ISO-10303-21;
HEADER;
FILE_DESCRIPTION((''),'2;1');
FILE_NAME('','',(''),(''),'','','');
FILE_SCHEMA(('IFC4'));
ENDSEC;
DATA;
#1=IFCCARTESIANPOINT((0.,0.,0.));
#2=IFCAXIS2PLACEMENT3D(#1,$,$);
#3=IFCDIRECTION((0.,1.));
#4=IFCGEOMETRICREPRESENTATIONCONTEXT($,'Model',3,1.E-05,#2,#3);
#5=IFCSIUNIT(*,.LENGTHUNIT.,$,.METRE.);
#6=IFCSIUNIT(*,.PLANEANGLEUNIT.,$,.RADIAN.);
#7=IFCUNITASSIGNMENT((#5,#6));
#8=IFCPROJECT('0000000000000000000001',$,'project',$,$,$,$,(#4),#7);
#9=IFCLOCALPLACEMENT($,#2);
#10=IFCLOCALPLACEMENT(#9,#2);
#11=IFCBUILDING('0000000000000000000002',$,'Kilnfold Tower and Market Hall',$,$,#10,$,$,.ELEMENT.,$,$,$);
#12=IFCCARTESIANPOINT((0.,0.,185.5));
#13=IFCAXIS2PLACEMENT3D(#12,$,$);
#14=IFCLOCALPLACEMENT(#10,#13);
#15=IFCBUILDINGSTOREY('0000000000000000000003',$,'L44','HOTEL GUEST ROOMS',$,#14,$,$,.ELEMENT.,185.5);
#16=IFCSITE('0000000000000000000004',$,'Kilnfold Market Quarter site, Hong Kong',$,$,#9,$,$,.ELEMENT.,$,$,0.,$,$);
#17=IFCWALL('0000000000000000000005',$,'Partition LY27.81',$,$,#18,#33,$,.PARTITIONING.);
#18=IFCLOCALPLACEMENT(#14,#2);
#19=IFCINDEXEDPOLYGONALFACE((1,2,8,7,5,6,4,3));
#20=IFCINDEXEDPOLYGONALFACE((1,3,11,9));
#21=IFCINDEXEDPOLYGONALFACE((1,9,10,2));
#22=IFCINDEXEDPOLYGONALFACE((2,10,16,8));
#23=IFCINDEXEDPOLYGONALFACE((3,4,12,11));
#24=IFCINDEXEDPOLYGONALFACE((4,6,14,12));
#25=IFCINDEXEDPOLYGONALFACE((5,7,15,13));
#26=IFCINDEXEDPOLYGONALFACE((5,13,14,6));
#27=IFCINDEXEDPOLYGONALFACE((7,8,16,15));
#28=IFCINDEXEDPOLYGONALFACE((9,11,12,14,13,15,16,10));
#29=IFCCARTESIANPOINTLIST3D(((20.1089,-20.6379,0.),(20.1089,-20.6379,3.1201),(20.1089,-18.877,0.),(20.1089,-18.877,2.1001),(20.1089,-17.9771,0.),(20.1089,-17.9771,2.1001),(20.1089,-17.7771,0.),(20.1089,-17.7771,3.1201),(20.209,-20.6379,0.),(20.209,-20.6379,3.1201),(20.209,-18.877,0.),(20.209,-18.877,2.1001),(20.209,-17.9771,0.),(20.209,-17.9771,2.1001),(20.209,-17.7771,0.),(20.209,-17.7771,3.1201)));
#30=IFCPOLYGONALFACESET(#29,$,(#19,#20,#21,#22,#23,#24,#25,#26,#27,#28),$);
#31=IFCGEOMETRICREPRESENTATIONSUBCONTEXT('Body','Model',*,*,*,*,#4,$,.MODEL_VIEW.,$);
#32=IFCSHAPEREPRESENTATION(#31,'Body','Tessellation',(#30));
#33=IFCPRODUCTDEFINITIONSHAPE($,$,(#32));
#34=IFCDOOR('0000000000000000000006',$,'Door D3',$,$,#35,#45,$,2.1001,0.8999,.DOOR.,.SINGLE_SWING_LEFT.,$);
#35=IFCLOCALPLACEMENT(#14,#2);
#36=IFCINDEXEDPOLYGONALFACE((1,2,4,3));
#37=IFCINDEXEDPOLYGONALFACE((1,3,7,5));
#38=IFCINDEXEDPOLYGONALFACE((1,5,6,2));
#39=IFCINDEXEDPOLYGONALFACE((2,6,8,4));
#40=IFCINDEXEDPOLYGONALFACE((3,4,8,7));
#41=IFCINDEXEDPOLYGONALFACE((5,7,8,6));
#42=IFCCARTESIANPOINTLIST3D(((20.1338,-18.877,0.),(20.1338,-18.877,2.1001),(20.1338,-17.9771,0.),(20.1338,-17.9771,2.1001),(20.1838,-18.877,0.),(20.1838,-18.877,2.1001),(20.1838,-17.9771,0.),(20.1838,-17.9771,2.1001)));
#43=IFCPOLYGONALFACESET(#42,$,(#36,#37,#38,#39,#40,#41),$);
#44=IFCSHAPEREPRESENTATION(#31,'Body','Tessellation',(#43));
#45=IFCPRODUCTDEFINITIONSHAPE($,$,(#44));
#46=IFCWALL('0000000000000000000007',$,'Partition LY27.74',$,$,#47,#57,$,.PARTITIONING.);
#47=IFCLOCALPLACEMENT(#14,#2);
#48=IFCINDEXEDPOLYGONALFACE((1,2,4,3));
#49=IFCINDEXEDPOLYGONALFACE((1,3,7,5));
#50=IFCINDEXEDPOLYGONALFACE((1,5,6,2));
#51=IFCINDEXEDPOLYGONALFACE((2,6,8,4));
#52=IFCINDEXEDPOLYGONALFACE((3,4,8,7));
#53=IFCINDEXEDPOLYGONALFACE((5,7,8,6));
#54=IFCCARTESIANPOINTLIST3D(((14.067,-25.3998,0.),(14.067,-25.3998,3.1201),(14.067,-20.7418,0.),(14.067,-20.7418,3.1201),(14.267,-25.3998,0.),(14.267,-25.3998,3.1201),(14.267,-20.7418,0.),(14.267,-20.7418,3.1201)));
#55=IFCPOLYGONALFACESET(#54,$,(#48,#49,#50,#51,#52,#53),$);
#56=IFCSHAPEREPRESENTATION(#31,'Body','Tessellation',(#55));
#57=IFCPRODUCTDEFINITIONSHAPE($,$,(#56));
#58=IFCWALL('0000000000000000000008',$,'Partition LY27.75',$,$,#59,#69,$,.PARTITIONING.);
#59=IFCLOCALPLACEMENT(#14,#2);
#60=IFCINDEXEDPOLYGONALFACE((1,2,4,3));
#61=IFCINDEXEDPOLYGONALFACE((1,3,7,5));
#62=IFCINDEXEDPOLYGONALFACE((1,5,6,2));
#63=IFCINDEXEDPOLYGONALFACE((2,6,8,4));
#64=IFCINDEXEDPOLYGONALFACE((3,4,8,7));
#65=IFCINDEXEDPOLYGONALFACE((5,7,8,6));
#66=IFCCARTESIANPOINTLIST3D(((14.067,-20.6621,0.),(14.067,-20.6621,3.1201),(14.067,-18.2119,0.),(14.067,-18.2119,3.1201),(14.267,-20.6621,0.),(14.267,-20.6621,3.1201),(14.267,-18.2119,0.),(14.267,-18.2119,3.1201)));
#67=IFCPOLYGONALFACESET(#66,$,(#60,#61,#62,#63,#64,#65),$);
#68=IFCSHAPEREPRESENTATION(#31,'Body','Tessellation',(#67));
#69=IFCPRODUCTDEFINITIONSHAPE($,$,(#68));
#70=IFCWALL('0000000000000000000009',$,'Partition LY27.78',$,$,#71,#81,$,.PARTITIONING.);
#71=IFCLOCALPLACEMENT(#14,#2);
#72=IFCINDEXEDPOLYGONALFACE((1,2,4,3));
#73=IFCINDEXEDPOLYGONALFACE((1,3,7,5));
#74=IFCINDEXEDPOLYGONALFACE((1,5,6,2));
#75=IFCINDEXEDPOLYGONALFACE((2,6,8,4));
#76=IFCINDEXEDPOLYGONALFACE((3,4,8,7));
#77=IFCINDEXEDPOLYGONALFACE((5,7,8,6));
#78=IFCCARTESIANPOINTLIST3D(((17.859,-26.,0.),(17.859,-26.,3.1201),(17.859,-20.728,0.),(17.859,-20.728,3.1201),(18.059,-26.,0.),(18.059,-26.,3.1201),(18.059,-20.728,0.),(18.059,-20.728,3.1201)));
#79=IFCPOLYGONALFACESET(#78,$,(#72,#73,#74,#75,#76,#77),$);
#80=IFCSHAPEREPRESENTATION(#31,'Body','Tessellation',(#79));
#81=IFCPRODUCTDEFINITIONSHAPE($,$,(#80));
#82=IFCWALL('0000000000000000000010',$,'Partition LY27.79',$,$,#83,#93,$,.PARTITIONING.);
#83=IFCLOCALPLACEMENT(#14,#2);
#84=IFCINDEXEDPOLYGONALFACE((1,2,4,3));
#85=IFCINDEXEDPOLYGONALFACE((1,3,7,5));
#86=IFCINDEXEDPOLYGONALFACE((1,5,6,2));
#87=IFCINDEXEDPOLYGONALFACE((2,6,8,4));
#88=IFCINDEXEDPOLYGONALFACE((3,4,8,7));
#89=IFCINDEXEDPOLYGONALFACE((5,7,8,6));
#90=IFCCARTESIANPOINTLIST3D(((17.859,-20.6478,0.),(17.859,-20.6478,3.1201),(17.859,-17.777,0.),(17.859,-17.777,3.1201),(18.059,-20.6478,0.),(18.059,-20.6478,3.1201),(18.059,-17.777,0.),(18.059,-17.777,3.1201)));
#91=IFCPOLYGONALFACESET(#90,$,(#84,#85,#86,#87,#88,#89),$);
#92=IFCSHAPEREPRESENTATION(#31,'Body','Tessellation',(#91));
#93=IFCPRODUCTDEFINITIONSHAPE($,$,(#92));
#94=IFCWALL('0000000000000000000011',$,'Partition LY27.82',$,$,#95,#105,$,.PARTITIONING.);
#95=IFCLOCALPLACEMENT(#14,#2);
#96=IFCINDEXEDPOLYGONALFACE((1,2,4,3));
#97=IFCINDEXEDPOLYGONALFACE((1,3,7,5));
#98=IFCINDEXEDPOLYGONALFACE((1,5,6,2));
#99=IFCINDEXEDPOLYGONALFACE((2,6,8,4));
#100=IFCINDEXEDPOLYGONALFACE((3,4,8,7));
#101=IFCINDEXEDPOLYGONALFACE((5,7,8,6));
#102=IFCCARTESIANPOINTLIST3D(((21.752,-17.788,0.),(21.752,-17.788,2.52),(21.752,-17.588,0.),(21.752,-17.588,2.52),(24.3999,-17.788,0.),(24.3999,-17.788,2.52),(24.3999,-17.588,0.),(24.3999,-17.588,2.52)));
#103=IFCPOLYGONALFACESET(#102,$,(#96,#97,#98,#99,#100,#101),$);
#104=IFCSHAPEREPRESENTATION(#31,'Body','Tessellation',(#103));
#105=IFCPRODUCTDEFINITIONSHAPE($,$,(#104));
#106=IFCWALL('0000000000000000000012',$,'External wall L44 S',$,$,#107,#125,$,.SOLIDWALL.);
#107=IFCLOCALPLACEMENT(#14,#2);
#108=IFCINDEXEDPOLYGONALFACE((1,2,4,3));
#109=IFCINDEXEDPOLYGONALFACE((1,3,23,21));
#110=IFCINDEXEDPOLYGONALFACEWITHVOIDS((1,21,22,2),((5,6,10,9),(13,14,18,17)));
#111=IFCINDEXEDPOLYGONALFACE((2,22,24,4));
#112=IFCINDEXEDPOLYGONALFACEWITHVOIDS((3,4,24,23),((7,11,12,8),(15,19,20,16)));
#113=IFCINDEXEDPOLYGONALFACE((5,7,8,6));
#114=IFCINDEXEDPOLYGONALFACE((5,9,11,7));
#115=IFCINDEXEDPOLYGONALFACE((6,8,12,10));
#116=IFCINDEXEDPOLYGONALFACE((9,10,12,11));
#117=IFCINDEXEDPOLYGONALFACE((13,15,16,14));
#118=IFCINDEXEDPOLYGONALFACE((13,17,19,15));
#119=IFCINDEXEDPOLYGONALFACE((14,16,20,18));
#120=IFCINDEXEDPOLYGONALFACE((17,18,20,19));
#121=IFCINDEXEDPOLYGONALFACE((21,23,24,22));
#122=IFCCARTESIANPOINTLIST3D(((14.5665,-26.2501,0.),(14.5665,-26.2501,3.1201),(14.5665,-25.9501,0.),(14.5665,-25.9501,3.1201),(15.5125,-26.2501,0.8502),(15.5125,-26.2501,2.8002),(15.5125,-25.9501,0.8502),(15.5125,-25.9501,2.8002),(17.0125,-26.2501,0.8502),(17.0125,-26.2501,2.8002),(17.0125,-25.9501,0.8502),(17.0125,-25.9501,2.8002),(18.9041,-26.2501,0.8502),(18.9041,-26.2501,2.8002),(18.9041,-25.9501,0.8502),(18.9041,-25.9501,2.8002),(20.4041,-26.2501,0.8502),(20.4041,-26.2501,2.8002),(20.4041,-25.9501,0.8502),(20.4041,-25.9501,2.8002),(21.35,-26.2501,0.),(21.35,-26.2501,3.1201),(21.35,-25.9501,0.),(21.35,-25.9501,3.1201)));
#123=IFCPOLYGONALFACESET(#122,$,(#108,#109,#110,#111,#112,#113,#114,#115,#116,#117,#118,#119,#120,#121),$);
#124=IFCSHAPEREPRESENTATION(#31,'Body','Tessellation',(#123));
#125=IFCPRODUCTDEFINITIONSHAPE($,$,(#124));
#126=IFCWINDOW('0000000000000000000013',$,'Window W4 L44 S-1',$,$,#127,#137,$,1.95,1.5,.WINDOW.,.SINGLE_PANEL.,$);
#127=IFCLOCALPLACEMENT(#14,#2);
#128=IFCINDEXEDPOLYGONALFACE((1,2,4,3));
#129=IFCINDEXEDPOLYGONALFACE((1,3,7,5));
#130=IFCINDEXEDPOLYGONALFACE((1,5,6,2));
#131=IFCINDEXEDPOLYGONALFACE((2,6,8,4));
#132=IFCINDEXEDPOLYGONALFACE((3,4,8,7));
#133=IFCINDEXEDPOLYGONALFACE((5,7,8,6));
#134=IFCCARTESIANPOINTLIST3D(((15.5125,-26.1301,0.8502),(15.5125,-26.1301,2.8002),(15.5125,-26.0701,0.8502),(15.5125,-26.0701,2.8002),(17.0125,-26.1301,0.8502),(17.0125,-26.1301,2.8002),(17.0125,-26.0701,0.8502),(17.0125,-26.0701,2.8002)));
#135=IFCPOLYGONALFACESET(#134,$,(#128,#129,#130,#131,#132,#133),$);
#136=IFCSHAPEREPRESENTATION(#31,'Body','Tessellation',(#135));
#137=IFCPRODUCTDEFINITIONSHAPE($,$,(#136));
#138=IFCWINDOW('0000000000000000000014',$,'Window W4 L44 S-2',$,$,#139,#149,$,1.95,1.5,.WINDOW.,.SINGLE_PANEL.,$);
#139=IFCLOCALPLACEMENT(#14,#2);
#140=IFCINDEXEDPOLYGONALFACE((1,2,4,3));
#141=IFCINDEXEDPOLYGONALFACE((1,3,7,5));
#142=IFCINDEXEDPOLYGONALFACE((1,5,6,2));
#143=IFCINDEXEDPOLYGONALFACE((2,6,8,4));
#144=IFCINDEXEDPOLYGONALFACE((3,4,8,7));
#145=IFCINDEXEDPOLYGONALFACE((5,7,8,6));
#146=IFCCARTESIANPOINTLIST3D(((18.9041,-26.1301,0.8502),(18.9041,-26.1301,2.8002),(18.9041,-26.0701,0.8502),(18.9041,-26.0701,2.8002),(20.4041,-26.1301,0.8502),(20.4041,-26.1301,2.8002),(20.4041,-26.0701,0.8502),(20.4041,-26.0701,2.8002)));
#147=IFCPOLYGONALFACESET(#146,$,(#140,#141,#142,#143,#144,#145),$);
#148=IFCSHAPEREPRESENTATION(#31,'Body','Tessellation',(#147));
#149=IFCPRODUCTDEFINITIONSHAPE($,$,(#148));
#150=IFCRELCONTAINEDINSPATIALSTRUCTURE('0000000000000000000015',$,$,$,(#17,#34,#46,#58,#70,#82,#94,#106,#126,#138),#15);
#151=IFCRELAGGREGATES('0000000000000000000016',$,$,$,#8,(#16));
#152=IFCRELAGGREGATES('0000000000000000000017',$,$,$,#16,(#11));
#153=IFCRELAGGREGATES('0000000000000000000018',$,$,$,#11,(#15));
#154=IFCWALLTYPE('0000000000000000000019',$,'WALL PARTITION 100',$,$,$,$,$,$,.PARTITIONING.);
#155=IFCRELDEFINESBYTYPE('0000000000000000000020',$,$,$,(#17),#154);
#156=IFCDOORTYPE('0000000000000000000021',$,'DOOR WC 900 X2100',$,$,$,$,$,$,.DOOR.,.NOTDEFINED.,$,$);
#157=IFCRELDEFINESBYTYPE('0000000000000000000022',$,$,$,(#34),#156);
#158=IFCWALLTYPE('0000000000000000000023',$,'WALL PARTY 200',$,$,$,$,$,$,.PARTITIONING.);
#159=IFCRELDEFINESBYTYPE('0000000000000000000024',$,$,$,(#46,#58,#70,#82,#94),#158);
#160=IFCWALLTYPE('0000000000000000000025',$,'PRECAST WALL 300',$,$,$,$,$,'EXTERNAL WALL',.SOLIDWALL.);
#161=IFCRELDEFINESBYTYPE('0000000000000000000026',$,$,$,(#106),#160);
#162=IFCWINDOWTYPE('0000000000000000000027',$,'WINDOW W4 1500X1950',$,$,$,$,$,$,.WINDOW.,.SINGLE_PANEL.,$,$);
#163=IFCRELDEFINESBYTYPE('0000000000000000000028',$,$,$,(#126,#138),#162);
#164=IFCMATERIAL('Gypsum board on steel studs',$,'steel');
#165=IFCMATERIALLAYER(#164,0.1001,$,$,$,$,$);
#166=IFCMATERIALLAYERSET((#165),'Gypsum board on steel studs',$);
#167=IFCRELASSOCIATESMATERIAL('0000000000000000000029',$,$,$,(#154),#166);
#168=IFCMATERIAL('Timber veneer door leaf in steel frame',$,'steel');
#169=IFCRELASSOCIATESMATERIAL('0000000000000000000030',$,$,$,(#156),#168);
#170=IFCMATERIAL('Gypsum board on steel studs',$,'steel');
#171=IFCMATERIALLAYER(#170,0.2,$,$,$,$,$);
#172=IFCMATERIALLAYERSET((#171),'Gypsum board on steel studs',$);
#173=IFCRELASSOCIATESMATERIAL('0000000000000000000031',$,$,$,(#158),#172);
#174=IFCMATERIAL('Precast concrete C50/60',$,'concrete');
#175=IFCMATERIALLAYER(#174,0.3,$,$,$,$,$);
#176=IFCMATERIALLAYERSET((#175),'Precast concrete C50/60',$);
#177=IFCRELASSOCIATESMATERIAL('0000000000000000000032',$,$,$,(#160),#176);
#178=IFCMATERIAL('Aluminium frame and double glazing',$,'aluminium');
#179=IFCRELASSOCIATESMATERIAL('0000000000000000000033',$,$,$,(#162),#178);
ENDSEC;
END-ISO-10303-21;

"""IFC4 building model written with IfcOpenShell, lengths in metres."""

from ifc_helpers import new_model, si_unit, direction, frame, frame_2d, origin, place, context, subcontext, project, spatial, rectangle, extrude, source, transform, mapped, material, layer, layer_set, type_object, element, fill, save


model = new_model("IFC4")

# Units and contexts
model_context = context("Model", 3, precision=1e-05, world=origin(), true_north=direction((0.0, 1.0)))
body_context = subcontext(model_context, "Body", "Model", "MODEL_VIEW")
ifc_project = project(units=[si_unit("LENGTHUNIT", "METRE"), si_unit("PLANEANGLEUNIT", "RADIAN")], contexts=[model_context])

# Site, building, storey
site_placement = place(None, origin())
site = spatial("IfcSite", under=ifc_project, at=site_placement, Name="Kilnfold Market Quarter site, Hong Kong", CompositionType="ELEMENT", RefElevation=0.0)
building_placement = place(site_placement, origin())
building = spatial("IfcBuilding", under=site, at=building_placement, Name="Kilnfold Tower and Market Hall", CompositionType="ELEMENT")
storey_placement = place(building_placement, frame((0.0, 0.0, 185.5)))
storey = spatial("IfcBuildingStorey", under=building, at=storey_placement, Name="L44", Description="HOTEL GUEST ROOMS", CompositionType="ELEMENT", Elevation=185.5)

# Shared definitions
ifc_material_1 = material(Name="Gypsum board on steel studs", Category="steel")
ifc_layer_1 = layer(ifc_material_1, 0.1001)
ifc_layer_set_1 = layer_set([ifc_layer_1], Name="Gypsum board on steel studs")
wall_type_1 = type_object("IfcWallType", Name="WALL PARTITION 100", PredefinedType="PARTITIONING", material=ifc_layer_set_1)
ifc_material_2 = material(Name="Timber veneer door leaf in steel frame", Category="steel")
door_type_1 = type_object("IfcDoorType", Name="DOOR WC 900 X2100", OperationType="NOTDEFINED", PredefinedType="DOOR", material=ifc_material_2)

# Wall, opening, door
wall_1_placement = place(storey_placement, frame((20.1589, -17.7771, 0.0), z_axis=(0.0, 0.0, 1.0), x_axis=(0.0, -1.0, 0.0)))
wall_1 = element("IfcWall", 1, at=wall_1_placement, inside=storey, type_object=wall_type_1, Name="Partition LY27.81", PredefinedType="PARTITIONING", context=body_context, shape_type="SweptSolid", body=[
    extrude(rectangle(XDim=2.8608, YDim=0.1001, at=frame_2d((1.4304, 0.0))), origin(), (0.0, 0.0, 1.0), 3.1201),
])
opening_1_placement = place(wall_1_placement, frame((0.2, 0.0, 0.0)))
opening_1 = element("IfcOpeningElement", 2, at=opening_1_placement, cuts=wall_1, PredefinedType="OPENING", context=body_context, shape_type="SweptSolid", body=[
    extrude(rectangle(XDim=0.8999, YDim=2.1001, at=frame_2d((0.45, 1.05))), frame((0.0, 0.0601, 0.0), z_axis=(0.0, -1.0, 0.0), x_axis=(1.0, 0.0, 0.0)), (0.0, 0.0, 1.0), 0.1201),
])
door_1_placement = place(opening_1_placement, origin())
door_1 = element("IfcDoor", 3, at=door_1_placement, inside=storey, type_object=door_type_1, Name="Door D3", OperationType="SINGLE_SWING_LEFT", OverallHeight=2.1001, OverallWidth=0.8999, PredefinedType="DOOR", context=body_context, shape_type="SweptSolid", body=[
    extrude(rectangle(XDim=0.8999, YDim=2.1001, at=frame_2d((0.45, 1.05))), frame((0.0, 0.0249, 0.0), z_axis=(0.0, -1.0, 0.0), x_axis=(1.0, 0.0, 0.0)), (0.0, 0.0, 1.0), 0.05),
])
fill(opening_1, door_1)

# Walls
ifc_material_3 = material(Name="Gypsum board on steel studs", Category="steel")
ifc_layer_2 = layer(ifc_material_3, 0.2)
ifc_layer_set_2 = layer_set([ifc_layer_2], Name="Gypsum board on steel studs")
wall_type_2 = type_object("IfcWallType", Name="WALL PARTY 200", PredefinedType="PARTITIONING", material=ifc_layer_set_2)
wall_2_placement = place(storey_placement, frame((14.167, -25.3999, 0.0), z_axis=(0.0, 0.0, 1.0), x_axis=(0.0, 1.0, 0.0)))
element("IfcWall", 4, at=wall_2_placement, inside=storey, type_object=wall_type_2, Name="Partition LY27.74", PredefinedType="PARTITIONING", context=body_context, shape_type="SweptSolid", body=[
    extrude(rectangle(XDim=4.658, YDim=0.2, at=frame_2d((2.3291, 0.0))), origin(), (0.0, 0.0, 1.0), 3.1201),
])
wall_3_placement = place(storey_placement, frame((14.167, -20.6621, 0.0), z_axis=(0.0, 0.0, 1.0), x_axis=(0.0, 1.0, 0.0)))
element("IfcWall", 5, at=wall_3_placement, inside=storey, type_object=wall_type_2, Name="Partition LY27.75", PredefinedType="PARTITIONING", context=body_context, shape_type="SweptSolid", body=[
    extrude(rectangle(XDim=2.4502, YDim=0.2, at=frame_2d((1.2251, 0.0))), origin(), (0.0, 0.0, 1.0), 3.1201),
])
wall_4_placement = place(storey_placement, frame((17.959, -26.0, 0.0), z_axis=(0.0, 0.0, 1.0), x_axis=(0.0, 1.0, 0.0)))
element("IfcWall", 6, at=wall_4_placement, inside=storey, type_object=wall_type_2, Name="Partition LY27.78", PredefinedType="PARTITIONING", context=body_context, shape_type="SweptSolid", body=[
    extrude(rectangle(XDim=5.272, YDim=0.2, at=frame_2d((2.636, 0.0))), origin(), (0.0, 0.0, 1.0), 3.1201),
])
wall_5_placement = place(storey_placement, frame((17.959, -20.6479, 0.0), z_axis=(0.0, 0.0, 1.0), x_axis=(0.0, 1.0, 0.0)))
element("IfcWall", 7, at=wall_5_placement, inside=storey, type_object=wall_type_2, Name="Partition LY27.79", PredefinedType="PARTITIONING", context=body_context, shape_type="SweptSolid", body=[
    extrude(rectangle(XDim=2.8708, YDim=0.2, at=frame_2d((1.4355, 0.0))), origin(), (0.0, 0.0, 1.0), 3.1201),
])
wall_6_placement = place(storey_placement, frame((21.752, -17.688, 0.0), z_axis=(0.0, 0.0, 1.0), x_axis=(1.0, 0.0, 0.0)))
element("IfcWall", 8, at=wall_6_placement, inside=storey, type_object=wall_type_2, Name="Partition LY27.82", PredefinedType="PARTITIONING", context=body_context, shape_type="SweptSolid", body=[
    extrude(rectangle(XDim=2.6479, YDim=0.2, at=frame_2d((1.324, 0.0))), origin(), (0.0, 0.0, 1.0), 2.52),
])

# Wall, openings, windows
ifc_material_4 = material(Name="Precast concrete C50/60", Category="concrete")
ifc_layer_3 = layer(ifc_material_4, 0.3)
ifc_layer_set_3 = layer_set([ifc_layer_3], Name="Precast concrete C50/60")
wall_type_3 = type_object("IfcWallType", Name="PRECAST WALL 300", ElementType="EXTERNAL WALL", PredefinedType="SOLIDWALL", material=ifc_layer_set_3)
shared_shape_1 = source(origin(), body_context, "Body", "SweptSolid", [
    extrude(rectangle(XDim=6.7834, YDim=0.3, at=frame_2d((3.3916, 0.0))), origin(), (0.0, 0.0, 1.0), 3.1201),
])
wall_7_placement = place(storey_placement, frame((14.5667, -26.1001, 0.0), z_axis=(0.0, 0.0, 1.0), x_axis=(1.0, 0.0, 0.0)))
wall_7 = element("IfcWall", 9, at=wall_7_placement, inside=storey, type_object=wall_type_3, Name="External wall L44 S", PredefinedType="SOLIDWALL", context=body_context, shape_type="MappedRepresentation", body=[
    mapped(shared_shape_1, transform((0.0, 0.0, 0.0))),
])
opening_2_placement = place(wall_7_placement, frame((0.9458, 0.0, 0.8501)))
opening_2 = element("IfcOpeningElement", 10, at=opening_2_placement, cuts=wall_7, PredefinedType="OPENING", context=body_context, shape_type="SweptSolid", body=[
    extrude(rectangle(XDim=1.5, YDim=1.95, at=frame_2d((0.75, 0.9751))), frame((0.0, 0.1602, 0.0), z_axis=(0.0, -1.0, 0.0), x_axis=(1.0, 0.0, 0.0)), (0.0, 0.0, 1.0), 0.3201),
])
opening_3_placement = place(wall_7_placement, frame((4.3374, 0.0, 0.8501)))
opening_3 = element("IfcOpeningElement", 11, at=opening_3_placement, cuts=wall_7, PredefinedType="OPENING", context=body_context, shape_type="SweptSolid", body=[
    extrude(rectangle(XDim=1.5, YDim=1.95, at=frame_2d((0.75, 0.9751))), frame((0.0, 0.1602, 0.0), z_axis=(0.0, -1.0, 0.0), x_axis=(1.0, 0.0, 0.0)), (0.0, 0.0, 1.0), 0.3201),
])
ifc_material_5 = material(Name="Aluminium frame and double glazing", Category="aluminium")
window_type = type_object("IfcWindowType", Name="WINDOW W4 1500X1950", PartitioningType="SINGLE_PANEL", PredefinedType="WINDOW", material=ifc_material_5)
window_1_placement = place(opening_2_placement, origin())
window_1 = element("IfcWindow", 12, at=window_1_placement, inside=storey, type_object=window_type, Name="Window W4 L44 S-1", OverallHeight=1.95, OverallWidth=1.5, PartitioningType="SINGLE_PANEL", PredefinedType="WINDOW", context=body_context, shape_type="SweptSolid", body=[
    extrude(rectangle(XDim=1.5, YDim=1.95, at=frame_2d((0.75, 0.9751))), frame((0.0, 0.03, 0.0), z_axis=(0.0, -1.0, 0.0), x_axis=(1.0, 0.0, 0.0)), (0.0, 0.0, 1.0), 0.0601),
])
fill(opening_2, window_1)
window_2_placement = place(opening_3_placement, origin())
window_2 = element("IfcWindow", 13, at=window_2_placement, inside=storey, type_object=window_type, Name="Window W4 L44 S-2", OverallHeight=1.95, OverallWidth=1.5, PartitioningType="SINGLE_PANEL", PredefinedType="WINDOW", context=body_context, shape_type="SweptSolid", body=[
    extrude(rectangle(XDim=1.5, YDim=1.95, at=frame_2d((0.75, 0.9751))), frame((0.0, 0.03, 0.0), z_axis=(0.0, -1.0, 0.0), x_axis=(1.0, 0.0, 0.0)), (0.0, 0.0, 1.0), 0.0601),
])
fill(opening_3, window_2)

save(model, "model.ifc")
